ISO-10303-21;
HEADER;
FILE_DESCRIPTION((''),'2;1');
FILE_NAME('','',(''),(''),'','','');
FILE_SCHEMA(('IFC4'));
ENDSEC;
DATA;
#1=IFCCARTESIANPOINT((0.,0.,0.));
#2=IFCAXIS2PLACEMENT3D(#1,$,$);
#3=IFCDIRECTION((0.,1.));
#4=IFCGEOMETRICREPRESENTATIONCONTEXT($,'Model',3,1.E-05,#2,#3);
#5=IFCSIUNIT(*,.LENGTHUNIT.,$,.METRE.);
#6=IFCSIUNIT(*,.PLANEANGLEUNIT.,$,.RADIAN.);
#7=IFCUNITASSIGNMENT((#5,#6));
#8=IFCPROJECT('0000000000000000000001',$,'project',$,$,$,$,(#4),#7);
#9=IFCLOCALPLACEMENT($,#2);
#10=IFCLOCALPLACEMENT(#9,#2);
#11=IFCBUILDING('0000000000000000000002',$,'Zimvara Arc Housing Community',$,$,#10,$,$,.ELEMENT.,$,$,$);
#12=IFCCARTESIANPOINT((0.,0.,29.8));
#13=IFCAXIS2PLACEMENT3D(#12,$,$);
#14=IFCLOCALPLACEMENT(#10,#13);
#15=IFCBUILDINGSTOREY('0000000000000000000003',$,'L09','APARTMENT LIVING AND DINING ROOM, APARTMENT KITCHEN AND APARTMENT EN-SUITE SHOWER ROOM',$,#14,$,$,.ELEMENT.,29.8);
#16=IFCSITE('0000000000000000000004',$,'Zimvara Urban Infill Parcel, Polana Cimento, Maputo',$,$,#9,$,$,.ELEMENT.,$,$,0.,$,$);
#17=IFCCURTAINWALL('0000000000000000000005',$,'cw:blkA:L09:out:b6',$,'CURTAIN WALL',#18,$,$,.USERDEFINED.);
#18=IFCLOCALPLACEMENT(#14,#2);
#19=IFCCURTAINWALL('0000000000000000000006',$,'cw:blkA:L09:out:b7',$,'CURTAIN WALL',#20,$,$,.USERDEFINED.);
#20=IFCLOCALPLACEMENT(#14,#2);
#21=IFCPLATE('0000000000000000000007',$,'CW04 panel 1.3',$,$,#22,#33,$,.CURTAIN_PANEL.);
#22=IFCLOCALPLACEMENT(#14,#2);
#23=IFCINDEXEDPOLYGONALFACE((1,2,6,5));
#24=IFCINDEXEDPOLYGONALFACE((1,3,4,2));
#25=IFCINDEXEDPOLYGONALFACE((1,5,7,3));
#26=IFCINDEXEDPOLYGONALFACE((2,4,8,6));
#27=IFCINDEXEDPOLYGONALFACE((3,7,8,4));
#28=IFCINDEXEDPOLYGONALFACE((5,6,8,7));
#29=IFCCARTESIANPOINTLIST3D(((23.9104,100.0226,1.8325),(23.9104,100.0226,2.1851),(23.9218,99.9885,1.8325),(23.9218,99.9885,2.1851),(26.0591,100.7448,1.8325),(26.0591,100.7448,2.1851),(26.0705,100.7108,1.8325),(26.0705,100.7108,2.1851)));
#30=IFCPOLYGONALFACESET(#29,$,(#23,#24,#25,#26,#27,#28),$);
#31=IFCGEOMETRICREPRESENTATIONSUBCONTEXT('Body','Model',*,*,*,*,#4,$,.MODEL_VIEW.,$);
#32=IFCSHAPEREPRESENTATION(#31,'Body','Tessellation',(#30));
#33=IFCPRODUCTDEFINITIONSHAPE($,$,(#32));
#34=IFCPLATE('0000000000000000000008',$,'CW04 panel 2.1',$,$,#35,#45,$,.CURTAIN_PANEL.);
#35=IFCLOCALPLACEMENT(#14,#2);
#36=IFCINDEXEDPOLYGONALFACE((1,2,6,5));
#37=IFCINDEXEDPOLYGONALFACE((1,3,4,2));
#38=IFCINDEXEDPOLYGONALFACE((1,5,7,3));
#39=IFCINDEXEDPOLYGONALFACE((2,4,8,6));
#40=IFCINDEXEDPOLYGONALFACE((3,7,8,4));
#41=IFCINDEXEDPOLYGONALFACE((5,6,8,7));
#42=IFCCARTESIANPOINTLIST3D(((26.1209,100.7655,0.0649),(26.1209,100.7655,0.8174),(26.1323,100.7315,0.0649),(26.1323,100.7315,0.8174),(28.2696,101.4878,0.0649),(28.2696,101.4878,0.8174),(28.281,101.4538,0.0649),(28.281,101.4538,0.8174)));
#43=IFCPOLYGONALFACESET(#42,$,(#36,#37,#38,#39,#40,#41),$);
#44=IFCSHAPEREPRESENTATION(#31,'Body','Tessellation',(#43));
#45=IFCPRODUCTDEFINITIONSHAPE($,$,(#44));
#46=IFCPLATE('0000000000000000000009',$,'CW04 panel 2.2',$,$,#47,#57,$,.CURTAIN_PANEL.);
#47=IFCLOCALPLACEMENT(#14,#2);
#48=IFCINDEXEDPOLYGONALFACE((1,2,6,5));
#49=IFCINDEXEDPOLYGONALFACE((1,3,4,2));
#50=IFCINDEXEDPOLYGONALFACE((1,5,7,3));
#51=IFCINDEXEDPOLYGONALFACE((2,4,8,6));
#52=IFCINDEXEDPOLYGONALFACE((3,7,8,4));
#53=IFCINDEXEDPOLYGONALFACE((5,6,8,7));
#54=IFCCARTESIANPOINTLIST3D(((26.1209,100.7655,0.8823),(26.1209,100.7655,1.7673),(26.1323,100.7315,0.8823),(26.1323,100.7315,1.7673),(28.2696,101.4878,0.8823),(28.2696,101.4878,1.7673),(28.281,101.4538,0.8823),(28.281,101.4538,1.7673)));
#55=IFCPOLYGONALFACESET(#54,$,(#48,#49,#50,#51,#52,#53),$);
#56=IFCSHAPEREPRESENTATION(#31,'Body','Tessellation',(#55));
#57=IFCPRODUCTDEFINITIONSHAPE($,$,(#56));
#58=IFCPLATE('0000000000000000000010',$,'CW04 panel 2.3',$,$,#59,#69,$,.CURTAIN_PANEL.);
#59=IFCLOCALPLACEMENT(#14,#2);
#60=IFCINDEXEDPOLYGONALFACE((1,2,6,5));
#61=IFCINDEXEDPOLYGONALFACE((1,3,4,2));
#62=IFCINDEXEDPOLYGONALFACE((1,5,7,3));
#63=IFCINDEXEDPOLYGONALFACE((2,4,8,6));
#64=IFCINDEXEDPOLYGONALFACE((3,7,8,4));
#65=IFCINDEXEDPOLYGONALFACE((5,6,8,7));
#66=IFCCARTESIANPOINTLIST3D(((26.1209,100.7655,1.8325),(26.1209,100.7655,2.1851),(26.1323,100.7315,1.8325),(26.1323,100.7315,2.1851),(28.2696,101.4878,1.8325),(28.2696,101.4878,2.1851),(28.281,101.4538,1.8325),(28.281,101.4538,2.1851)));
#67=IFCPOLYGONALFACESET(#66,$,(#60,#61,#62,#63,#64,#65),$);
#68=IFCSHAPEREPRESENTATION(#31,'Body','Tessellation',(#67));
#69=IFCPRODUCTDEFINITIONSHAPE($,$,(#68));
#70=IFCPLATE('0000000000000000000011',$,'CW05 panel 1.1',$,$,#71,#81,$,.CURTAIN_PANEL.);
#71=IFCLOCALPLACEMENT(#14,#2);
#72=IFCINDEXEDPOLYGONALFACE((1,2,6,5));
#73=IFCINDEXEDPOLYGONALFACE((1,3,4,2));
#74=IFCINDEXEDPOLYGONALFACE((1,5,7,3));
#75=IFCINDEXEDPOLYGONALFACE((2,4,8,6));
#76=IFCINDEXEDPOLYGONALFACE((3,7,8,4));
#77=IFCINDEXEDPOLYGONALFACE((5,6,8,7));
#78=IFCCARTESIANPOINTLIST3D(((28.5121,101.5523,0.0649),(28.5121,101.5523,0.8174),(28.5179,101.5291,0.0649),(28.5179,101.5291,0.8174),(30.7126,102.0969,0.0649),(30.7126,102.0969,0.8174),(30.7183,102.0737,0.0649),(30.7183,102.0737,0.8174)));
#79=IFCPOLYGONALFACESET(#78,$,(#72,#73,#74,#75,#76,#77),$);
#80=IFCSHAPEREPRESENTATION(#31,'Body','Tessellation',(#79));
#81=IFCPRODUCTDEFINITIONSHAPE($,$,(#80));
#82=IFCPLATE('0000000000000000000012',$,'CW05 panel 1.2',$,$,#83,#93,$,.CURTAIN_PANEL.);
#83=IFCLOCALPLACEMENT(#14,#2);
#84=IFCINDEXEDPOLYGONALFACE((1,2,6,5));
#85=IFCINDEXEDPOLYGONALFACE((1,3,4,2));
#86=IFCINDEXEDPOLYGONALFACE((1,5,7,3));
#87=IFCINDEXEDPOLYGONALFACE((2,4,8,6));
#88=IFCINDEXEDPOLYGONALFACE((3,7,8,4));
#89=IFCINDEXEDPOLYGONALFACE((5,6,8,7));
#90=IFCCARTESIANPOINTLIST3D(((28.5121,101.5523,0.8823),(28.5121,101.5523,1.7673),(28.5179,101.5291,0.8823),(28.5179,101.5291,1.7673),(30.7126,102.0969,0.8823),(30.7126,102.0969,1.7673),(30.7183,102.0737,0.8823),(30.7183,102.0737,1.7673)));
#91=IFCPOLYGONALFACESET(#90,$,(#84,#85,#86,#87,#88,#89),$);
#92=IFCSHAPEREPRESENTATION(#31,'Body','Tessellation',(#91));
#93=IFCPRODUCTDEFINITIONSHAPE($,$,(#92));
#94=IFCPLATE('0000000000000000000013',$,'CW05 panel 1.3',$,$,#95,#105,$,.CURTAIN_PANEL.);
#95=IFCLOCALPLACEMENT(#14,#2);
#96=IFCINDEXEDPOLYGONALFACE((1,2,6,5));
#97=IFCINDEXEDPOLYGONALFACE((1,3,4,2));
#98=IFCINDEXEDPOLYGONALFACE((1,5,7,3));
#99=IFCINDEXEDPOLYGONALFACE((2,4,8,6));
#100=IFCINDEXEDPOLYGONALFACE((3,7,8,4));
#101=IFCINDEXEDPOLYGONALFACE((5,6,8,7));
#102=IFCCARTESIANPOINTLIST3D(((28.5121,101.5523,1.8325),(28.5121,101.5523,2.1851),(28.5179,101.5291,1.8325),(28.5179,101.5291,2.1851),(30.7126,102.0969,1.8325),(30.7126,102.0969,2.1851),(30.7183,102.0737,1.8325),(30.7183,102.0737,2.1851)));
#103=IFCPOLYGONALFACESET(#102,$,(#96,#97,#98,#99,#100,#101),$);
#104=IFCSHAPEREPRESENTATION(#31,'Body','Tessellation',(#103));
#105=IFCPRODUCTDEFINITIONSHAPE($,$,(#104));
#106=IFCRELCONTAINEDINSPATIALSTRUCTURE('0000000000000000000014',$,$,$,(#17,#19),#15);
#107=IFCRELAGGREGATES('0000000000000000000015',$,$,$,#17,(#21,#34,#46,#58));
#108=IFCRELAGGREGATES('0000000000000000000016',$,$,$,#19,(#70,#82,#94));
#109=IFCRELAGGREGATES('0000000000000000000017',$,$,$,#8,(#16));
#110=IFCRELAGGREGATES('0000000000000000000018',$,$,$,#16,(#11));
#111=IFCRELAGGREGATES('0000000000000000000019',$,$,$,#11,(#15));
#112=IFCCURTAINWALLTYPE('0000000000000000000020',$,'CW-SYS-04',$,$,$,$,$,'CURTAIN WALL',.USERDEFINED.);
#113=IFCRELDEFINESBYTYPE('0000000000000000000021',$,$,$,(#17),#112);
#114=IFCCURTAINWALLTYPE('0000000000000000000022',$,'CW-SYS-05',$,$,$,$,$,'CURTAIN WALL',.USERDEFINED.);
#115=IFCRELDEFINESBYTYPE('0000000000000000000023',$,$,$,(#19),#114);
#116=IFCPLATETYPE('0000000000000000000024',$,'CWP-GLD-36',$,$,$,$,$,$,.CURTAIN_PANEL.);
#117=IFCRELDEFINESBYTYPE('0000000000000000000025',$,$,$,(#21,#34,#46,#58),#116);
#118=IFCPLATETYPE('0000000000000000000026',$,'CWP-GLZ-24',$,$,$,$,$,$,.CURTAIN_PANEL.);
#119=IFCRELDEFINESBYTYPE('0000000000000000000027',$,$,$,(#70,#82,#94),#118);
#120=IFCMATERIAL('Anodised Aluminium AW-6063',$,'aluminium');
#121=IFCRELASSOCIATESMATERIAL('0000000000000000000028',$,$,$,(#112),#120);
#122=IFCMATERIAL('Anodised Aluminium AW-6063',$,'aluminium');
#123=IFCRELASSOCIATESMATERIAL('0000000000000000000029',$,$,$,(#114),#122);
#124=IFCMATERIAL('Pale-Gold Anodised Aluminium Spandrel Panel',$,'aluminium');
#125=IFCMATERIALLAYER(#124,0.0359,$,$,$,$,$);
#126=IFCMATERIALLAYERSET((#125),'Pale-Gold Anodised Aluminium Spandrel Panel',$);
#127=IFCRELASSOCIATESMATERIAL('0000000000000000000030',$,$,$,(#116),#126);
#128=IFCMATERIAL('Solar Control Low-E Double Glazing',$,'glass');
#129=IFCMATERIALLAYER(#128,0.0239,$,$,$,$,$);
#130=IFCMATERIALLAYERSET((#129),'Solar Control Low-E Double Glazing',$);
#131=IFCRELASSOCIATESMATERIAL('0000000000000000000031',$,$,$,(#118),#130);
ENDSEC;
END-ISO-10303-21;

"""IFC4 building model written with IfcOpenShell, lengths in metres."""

from ifc_helpers import new_model, si_unit, direction, frame, origin, origin_2d, place, context, subcontext, project, spatial, rectangle, extrude, material, layer, layer_set, type_object, element, aggregate, save


model = new_model("IFC4")

# Units and contexts
model_context = context("Model", 3, precision=1e-05, world=origin(), true_north=direction((0.0, 1.0)))
body_context = subcontext(model_context, "Body", "Model", "MODEL_VIEW")
ifc_project = project(units=[si_unit("LENGTHUNIT", "METRE"), si_unit("PLANEANGLEUNIT", "RADIAN")], contexts=[model_context])

# Site, building, storey
site_placement = place(None, origin())
site = spatial("IfcSite", under=ifc_project, at=site_placement, Name="Zimvara Urban Infill Parcel, Polana Cimento, Maputo", CompositionType="ELEMENT", RefElevation=0.0)
building_placement = place(site_placement, origin())
building = spatial("IfcBuilding", under=site, at=building_placement, Name="Zimvara Arc Housing Community", CompositionType="ELEMENT")
storey_placement = place(building_placement, frame((0.0, 0.0, 29.8)))
storey = spatial("IfcBuildingStorey", under=building, at=storey_placement, Name="L09", Description="APARTMENT LIVING AND DINING ROOM, APARTMENT KITCHEN AND APARTMENT EN-SUITE SHOWER ROOM", CompositionType="ELEMENT", Elevation=29.8)

# Curtain wall
ifc_material_1 = material(Name="Anodised Aluminium AW-6063", Category="aluminium")
curtain_wall_type_1 = type_object("IfcCurtainWallType", Name="CW-SYS-04", ElementType="CURTAIN WALL", PredefinedType="USERDEFINED", material=ifc_material_1)
curtain_wall_1_placement = place(storey_placement, origin())
curtain_wall_1 = element("IfcCurtainWall", 1, at=curtain_wall_1_placement, inside=storey, type_object=curtain_wall_type_1, Name="cw:blkA:L09:out:b6", ObjectType="CURTAIN WALL", PredefinedType="USERDEFINED")

# Curtain wall
ifc_material_2 = material(Name="Anodised Aluminium AW-6063", Category="aluminium")
curtain_wall_type_2 = type_object("IfcCurtainWallType", Name="CW-SYS-05", ElementType="CURTAIN WALL", PredefinedType="USERDEFINED", material=ifc_material_2)
curtain_wall_2_placement = place(storey_placement, origin())
curtain_wall_2 = element("IfcCurtainWall", 2, at=curtain_wall_2_placement, inside=storey, type_object=curtain_wall_type_2, Name="cw:blkA:L09:out:b7", ObjectType="CURTAIN WALL", PredefinedType="USERDEFINED")

# Plates
ifc_material_3 = material(Name="Pale-Gold Anodised Aluminium Spandrel Panel", Category="aluminium")
ifc_layer_1 = layer(ifc_material_3, 0.0359)
ifc_layer_set_1 = layer_set([ifc_layer_1], Name="Pale-Gold Anodised Aluminium Spandrel Panel")
plate_type_1 = type_object("IfcPlateType", Name="CWP-GLD-36", PredefinedType="CURTAIN_PANEL", material=ifc_layer_set_1)
plate_1_placement = place(storey_placement, frame((24.9905, 100.3667, 1.8325), z_axis=(0.0, 0.0, 1.0), x_axis=(0.94788, 0.318629, 0.0)))
plate_1 = element("IfcPlate", 3, at=plate_1_placement, type_object=plate_type_1, Name="CW04 panel 1.3", PredefinedType="CURTAIN_PANEL", context=body_context, shape_type="SweptSolid", body=[
    extrude(rectangle(XDim=2.2668, YDim=0.0359, at=origin_2d()), origin(), (0.0, 0.0, 1.0), 0.3525),
])
plate_2_placement = place(storey_placement, frame((27.2009, 101.1096, 0.0649), z_axis=(0.0, 0.0, 1.0), x_axis=(0.94788, 0.318629, 0.0)))
plate_2 = element("IfcPlate", 4, at=plate_2_placement, type_object=plate_type_1, Name="CW04 panel 2.1", PredefinedType="CURTAIN_PANEL", context=body_context, shape_type="SweptSolid", body=[
    extrude(rectangle(XDim=2.2668, YDim=0.0359, at=origin_2d()), origin(), (0.0, 0.0, 1.0), 0.7524),
])
plate_3_placement = place(storey_placement, frame((27.2009, 101.1096, 0.8823), z_axis=(0.0, 0.0, 1.0), x_axis=(0.94788, 0.318629, 0.0)))
plate_3 = element("IfcPlate", 5, at=plate_3_placement, type_object=plate_type_1, Name="CW04 panel 2.2", PredefinedType="CURTAIN_PANEL", context=body_context, shape_type="SweptSolid", body=[
    extrude(rectangle(XDim=2.2668, YDim=0.0359, at=origin_2d()), origin(), (0.0, 0.0, 1.0), 0.885),
])
plate_4_placement = place(storey_placement, frame((27.2009, 101.1096, 1.8325), z_axis=(0.0, 0.0, 1.0), x_axis=(0.94788, 0.318629, 0.0)))
plate_4 = element("IfcPlate", 6, at=plate_4_placement, type_object=plate_type_1, Name="CW04 panel 2.3", PredefinedType="CURTAIN_PANEL", context=body_context, shape_type="SweptSolid", body=[
    extrude(rectangle(XDim=2.2668, YDim=0.0359, at=origin_2d()), origin(), (0.0, 0.0, 1.0), 0.3525),
])
aggregate(curtain_wall_1, [plate_1, plate_2, plate_3, plate_4])
ifc_material_4 = material(Name="Solar Control Low-E Double Glazing", Category="glass")
ifc_layer_2 = layer(ifc_material_4, 0.0239)
ifc_layer_set_2 = layer_set([ifc_layer_2], Name="Solar Control Low-E Double Glazing")
plate_type_2 = type_object("IfcPlateType", Name="CWP-GLZ-24", PredefinedType="CURTAIN_PANEL", material=ifc_layer_set_2)
plate_5_placement = place(storey_placement, frame((29.6152, 101.813, 0.0649), z_axis=(0.0, 0.0, 1.0), x_axis=(0.970716, 0.24023, 0.0)))
plate_5 = element("IfcPlate", 7, at=plate_5_placement, type_object=plate_type_2, Name="CW05 panel 1.1", PredefinedType="CURTAIN_PANEL", context=body_context, shape_type="SweptSolid", body=[
    extrude(rectangle(XDim=2.2668, YDim=0.0239, at=origin_2d()), origin(), (0.0, 0.0, 1.0), 0.7524),
])
plate_6_placement = place(storey_placement, frame((29.6152, 101.813, 0.8823), z_axis=(0.0, 0.0, 1.0), x_axis=(0.970716, 0.24023, 0.0)))
plate_6 = element("IfcPlate", 8, at=plate_6_placement, type_object=plate_type_2, Name="CW05 panel 1.2", PredefinedType="CURTAIN_PANEL", context=body_context, shape_type="SweptSolid", body=[
    extrude(rectangle(XDim=2.2668, YDim=0.0239, at=origin_2d()), origin(), (0.0, 0.0, 1.0), 0.885),
])
plate_7_placement = place(storey_placement, frame((29.6152, 101.813, 1.8325), z_axis=(0.0, 0.0, 1.0), x_axis=(0.970716, 0.24023, 0.0)))
plate_7 = element("IfcPlate", 9, at=plate_7_placement, type_object=plate_type_2, Name="CW05 panel 1.3", PredefinedType="CURTAIN_PANEL", context=body_context, shape_type="SweptSolid", body=[
    extrude(rectangle(XDim=2.2668, YDim=0.0239, at=origin_2d()), origin(), (0.0, 0.0, 1.0), 0.3525),
])
aggregate(curtain_wall_2, [plate_5, plate_6, plate_7])

save(model, "model.ifc")
